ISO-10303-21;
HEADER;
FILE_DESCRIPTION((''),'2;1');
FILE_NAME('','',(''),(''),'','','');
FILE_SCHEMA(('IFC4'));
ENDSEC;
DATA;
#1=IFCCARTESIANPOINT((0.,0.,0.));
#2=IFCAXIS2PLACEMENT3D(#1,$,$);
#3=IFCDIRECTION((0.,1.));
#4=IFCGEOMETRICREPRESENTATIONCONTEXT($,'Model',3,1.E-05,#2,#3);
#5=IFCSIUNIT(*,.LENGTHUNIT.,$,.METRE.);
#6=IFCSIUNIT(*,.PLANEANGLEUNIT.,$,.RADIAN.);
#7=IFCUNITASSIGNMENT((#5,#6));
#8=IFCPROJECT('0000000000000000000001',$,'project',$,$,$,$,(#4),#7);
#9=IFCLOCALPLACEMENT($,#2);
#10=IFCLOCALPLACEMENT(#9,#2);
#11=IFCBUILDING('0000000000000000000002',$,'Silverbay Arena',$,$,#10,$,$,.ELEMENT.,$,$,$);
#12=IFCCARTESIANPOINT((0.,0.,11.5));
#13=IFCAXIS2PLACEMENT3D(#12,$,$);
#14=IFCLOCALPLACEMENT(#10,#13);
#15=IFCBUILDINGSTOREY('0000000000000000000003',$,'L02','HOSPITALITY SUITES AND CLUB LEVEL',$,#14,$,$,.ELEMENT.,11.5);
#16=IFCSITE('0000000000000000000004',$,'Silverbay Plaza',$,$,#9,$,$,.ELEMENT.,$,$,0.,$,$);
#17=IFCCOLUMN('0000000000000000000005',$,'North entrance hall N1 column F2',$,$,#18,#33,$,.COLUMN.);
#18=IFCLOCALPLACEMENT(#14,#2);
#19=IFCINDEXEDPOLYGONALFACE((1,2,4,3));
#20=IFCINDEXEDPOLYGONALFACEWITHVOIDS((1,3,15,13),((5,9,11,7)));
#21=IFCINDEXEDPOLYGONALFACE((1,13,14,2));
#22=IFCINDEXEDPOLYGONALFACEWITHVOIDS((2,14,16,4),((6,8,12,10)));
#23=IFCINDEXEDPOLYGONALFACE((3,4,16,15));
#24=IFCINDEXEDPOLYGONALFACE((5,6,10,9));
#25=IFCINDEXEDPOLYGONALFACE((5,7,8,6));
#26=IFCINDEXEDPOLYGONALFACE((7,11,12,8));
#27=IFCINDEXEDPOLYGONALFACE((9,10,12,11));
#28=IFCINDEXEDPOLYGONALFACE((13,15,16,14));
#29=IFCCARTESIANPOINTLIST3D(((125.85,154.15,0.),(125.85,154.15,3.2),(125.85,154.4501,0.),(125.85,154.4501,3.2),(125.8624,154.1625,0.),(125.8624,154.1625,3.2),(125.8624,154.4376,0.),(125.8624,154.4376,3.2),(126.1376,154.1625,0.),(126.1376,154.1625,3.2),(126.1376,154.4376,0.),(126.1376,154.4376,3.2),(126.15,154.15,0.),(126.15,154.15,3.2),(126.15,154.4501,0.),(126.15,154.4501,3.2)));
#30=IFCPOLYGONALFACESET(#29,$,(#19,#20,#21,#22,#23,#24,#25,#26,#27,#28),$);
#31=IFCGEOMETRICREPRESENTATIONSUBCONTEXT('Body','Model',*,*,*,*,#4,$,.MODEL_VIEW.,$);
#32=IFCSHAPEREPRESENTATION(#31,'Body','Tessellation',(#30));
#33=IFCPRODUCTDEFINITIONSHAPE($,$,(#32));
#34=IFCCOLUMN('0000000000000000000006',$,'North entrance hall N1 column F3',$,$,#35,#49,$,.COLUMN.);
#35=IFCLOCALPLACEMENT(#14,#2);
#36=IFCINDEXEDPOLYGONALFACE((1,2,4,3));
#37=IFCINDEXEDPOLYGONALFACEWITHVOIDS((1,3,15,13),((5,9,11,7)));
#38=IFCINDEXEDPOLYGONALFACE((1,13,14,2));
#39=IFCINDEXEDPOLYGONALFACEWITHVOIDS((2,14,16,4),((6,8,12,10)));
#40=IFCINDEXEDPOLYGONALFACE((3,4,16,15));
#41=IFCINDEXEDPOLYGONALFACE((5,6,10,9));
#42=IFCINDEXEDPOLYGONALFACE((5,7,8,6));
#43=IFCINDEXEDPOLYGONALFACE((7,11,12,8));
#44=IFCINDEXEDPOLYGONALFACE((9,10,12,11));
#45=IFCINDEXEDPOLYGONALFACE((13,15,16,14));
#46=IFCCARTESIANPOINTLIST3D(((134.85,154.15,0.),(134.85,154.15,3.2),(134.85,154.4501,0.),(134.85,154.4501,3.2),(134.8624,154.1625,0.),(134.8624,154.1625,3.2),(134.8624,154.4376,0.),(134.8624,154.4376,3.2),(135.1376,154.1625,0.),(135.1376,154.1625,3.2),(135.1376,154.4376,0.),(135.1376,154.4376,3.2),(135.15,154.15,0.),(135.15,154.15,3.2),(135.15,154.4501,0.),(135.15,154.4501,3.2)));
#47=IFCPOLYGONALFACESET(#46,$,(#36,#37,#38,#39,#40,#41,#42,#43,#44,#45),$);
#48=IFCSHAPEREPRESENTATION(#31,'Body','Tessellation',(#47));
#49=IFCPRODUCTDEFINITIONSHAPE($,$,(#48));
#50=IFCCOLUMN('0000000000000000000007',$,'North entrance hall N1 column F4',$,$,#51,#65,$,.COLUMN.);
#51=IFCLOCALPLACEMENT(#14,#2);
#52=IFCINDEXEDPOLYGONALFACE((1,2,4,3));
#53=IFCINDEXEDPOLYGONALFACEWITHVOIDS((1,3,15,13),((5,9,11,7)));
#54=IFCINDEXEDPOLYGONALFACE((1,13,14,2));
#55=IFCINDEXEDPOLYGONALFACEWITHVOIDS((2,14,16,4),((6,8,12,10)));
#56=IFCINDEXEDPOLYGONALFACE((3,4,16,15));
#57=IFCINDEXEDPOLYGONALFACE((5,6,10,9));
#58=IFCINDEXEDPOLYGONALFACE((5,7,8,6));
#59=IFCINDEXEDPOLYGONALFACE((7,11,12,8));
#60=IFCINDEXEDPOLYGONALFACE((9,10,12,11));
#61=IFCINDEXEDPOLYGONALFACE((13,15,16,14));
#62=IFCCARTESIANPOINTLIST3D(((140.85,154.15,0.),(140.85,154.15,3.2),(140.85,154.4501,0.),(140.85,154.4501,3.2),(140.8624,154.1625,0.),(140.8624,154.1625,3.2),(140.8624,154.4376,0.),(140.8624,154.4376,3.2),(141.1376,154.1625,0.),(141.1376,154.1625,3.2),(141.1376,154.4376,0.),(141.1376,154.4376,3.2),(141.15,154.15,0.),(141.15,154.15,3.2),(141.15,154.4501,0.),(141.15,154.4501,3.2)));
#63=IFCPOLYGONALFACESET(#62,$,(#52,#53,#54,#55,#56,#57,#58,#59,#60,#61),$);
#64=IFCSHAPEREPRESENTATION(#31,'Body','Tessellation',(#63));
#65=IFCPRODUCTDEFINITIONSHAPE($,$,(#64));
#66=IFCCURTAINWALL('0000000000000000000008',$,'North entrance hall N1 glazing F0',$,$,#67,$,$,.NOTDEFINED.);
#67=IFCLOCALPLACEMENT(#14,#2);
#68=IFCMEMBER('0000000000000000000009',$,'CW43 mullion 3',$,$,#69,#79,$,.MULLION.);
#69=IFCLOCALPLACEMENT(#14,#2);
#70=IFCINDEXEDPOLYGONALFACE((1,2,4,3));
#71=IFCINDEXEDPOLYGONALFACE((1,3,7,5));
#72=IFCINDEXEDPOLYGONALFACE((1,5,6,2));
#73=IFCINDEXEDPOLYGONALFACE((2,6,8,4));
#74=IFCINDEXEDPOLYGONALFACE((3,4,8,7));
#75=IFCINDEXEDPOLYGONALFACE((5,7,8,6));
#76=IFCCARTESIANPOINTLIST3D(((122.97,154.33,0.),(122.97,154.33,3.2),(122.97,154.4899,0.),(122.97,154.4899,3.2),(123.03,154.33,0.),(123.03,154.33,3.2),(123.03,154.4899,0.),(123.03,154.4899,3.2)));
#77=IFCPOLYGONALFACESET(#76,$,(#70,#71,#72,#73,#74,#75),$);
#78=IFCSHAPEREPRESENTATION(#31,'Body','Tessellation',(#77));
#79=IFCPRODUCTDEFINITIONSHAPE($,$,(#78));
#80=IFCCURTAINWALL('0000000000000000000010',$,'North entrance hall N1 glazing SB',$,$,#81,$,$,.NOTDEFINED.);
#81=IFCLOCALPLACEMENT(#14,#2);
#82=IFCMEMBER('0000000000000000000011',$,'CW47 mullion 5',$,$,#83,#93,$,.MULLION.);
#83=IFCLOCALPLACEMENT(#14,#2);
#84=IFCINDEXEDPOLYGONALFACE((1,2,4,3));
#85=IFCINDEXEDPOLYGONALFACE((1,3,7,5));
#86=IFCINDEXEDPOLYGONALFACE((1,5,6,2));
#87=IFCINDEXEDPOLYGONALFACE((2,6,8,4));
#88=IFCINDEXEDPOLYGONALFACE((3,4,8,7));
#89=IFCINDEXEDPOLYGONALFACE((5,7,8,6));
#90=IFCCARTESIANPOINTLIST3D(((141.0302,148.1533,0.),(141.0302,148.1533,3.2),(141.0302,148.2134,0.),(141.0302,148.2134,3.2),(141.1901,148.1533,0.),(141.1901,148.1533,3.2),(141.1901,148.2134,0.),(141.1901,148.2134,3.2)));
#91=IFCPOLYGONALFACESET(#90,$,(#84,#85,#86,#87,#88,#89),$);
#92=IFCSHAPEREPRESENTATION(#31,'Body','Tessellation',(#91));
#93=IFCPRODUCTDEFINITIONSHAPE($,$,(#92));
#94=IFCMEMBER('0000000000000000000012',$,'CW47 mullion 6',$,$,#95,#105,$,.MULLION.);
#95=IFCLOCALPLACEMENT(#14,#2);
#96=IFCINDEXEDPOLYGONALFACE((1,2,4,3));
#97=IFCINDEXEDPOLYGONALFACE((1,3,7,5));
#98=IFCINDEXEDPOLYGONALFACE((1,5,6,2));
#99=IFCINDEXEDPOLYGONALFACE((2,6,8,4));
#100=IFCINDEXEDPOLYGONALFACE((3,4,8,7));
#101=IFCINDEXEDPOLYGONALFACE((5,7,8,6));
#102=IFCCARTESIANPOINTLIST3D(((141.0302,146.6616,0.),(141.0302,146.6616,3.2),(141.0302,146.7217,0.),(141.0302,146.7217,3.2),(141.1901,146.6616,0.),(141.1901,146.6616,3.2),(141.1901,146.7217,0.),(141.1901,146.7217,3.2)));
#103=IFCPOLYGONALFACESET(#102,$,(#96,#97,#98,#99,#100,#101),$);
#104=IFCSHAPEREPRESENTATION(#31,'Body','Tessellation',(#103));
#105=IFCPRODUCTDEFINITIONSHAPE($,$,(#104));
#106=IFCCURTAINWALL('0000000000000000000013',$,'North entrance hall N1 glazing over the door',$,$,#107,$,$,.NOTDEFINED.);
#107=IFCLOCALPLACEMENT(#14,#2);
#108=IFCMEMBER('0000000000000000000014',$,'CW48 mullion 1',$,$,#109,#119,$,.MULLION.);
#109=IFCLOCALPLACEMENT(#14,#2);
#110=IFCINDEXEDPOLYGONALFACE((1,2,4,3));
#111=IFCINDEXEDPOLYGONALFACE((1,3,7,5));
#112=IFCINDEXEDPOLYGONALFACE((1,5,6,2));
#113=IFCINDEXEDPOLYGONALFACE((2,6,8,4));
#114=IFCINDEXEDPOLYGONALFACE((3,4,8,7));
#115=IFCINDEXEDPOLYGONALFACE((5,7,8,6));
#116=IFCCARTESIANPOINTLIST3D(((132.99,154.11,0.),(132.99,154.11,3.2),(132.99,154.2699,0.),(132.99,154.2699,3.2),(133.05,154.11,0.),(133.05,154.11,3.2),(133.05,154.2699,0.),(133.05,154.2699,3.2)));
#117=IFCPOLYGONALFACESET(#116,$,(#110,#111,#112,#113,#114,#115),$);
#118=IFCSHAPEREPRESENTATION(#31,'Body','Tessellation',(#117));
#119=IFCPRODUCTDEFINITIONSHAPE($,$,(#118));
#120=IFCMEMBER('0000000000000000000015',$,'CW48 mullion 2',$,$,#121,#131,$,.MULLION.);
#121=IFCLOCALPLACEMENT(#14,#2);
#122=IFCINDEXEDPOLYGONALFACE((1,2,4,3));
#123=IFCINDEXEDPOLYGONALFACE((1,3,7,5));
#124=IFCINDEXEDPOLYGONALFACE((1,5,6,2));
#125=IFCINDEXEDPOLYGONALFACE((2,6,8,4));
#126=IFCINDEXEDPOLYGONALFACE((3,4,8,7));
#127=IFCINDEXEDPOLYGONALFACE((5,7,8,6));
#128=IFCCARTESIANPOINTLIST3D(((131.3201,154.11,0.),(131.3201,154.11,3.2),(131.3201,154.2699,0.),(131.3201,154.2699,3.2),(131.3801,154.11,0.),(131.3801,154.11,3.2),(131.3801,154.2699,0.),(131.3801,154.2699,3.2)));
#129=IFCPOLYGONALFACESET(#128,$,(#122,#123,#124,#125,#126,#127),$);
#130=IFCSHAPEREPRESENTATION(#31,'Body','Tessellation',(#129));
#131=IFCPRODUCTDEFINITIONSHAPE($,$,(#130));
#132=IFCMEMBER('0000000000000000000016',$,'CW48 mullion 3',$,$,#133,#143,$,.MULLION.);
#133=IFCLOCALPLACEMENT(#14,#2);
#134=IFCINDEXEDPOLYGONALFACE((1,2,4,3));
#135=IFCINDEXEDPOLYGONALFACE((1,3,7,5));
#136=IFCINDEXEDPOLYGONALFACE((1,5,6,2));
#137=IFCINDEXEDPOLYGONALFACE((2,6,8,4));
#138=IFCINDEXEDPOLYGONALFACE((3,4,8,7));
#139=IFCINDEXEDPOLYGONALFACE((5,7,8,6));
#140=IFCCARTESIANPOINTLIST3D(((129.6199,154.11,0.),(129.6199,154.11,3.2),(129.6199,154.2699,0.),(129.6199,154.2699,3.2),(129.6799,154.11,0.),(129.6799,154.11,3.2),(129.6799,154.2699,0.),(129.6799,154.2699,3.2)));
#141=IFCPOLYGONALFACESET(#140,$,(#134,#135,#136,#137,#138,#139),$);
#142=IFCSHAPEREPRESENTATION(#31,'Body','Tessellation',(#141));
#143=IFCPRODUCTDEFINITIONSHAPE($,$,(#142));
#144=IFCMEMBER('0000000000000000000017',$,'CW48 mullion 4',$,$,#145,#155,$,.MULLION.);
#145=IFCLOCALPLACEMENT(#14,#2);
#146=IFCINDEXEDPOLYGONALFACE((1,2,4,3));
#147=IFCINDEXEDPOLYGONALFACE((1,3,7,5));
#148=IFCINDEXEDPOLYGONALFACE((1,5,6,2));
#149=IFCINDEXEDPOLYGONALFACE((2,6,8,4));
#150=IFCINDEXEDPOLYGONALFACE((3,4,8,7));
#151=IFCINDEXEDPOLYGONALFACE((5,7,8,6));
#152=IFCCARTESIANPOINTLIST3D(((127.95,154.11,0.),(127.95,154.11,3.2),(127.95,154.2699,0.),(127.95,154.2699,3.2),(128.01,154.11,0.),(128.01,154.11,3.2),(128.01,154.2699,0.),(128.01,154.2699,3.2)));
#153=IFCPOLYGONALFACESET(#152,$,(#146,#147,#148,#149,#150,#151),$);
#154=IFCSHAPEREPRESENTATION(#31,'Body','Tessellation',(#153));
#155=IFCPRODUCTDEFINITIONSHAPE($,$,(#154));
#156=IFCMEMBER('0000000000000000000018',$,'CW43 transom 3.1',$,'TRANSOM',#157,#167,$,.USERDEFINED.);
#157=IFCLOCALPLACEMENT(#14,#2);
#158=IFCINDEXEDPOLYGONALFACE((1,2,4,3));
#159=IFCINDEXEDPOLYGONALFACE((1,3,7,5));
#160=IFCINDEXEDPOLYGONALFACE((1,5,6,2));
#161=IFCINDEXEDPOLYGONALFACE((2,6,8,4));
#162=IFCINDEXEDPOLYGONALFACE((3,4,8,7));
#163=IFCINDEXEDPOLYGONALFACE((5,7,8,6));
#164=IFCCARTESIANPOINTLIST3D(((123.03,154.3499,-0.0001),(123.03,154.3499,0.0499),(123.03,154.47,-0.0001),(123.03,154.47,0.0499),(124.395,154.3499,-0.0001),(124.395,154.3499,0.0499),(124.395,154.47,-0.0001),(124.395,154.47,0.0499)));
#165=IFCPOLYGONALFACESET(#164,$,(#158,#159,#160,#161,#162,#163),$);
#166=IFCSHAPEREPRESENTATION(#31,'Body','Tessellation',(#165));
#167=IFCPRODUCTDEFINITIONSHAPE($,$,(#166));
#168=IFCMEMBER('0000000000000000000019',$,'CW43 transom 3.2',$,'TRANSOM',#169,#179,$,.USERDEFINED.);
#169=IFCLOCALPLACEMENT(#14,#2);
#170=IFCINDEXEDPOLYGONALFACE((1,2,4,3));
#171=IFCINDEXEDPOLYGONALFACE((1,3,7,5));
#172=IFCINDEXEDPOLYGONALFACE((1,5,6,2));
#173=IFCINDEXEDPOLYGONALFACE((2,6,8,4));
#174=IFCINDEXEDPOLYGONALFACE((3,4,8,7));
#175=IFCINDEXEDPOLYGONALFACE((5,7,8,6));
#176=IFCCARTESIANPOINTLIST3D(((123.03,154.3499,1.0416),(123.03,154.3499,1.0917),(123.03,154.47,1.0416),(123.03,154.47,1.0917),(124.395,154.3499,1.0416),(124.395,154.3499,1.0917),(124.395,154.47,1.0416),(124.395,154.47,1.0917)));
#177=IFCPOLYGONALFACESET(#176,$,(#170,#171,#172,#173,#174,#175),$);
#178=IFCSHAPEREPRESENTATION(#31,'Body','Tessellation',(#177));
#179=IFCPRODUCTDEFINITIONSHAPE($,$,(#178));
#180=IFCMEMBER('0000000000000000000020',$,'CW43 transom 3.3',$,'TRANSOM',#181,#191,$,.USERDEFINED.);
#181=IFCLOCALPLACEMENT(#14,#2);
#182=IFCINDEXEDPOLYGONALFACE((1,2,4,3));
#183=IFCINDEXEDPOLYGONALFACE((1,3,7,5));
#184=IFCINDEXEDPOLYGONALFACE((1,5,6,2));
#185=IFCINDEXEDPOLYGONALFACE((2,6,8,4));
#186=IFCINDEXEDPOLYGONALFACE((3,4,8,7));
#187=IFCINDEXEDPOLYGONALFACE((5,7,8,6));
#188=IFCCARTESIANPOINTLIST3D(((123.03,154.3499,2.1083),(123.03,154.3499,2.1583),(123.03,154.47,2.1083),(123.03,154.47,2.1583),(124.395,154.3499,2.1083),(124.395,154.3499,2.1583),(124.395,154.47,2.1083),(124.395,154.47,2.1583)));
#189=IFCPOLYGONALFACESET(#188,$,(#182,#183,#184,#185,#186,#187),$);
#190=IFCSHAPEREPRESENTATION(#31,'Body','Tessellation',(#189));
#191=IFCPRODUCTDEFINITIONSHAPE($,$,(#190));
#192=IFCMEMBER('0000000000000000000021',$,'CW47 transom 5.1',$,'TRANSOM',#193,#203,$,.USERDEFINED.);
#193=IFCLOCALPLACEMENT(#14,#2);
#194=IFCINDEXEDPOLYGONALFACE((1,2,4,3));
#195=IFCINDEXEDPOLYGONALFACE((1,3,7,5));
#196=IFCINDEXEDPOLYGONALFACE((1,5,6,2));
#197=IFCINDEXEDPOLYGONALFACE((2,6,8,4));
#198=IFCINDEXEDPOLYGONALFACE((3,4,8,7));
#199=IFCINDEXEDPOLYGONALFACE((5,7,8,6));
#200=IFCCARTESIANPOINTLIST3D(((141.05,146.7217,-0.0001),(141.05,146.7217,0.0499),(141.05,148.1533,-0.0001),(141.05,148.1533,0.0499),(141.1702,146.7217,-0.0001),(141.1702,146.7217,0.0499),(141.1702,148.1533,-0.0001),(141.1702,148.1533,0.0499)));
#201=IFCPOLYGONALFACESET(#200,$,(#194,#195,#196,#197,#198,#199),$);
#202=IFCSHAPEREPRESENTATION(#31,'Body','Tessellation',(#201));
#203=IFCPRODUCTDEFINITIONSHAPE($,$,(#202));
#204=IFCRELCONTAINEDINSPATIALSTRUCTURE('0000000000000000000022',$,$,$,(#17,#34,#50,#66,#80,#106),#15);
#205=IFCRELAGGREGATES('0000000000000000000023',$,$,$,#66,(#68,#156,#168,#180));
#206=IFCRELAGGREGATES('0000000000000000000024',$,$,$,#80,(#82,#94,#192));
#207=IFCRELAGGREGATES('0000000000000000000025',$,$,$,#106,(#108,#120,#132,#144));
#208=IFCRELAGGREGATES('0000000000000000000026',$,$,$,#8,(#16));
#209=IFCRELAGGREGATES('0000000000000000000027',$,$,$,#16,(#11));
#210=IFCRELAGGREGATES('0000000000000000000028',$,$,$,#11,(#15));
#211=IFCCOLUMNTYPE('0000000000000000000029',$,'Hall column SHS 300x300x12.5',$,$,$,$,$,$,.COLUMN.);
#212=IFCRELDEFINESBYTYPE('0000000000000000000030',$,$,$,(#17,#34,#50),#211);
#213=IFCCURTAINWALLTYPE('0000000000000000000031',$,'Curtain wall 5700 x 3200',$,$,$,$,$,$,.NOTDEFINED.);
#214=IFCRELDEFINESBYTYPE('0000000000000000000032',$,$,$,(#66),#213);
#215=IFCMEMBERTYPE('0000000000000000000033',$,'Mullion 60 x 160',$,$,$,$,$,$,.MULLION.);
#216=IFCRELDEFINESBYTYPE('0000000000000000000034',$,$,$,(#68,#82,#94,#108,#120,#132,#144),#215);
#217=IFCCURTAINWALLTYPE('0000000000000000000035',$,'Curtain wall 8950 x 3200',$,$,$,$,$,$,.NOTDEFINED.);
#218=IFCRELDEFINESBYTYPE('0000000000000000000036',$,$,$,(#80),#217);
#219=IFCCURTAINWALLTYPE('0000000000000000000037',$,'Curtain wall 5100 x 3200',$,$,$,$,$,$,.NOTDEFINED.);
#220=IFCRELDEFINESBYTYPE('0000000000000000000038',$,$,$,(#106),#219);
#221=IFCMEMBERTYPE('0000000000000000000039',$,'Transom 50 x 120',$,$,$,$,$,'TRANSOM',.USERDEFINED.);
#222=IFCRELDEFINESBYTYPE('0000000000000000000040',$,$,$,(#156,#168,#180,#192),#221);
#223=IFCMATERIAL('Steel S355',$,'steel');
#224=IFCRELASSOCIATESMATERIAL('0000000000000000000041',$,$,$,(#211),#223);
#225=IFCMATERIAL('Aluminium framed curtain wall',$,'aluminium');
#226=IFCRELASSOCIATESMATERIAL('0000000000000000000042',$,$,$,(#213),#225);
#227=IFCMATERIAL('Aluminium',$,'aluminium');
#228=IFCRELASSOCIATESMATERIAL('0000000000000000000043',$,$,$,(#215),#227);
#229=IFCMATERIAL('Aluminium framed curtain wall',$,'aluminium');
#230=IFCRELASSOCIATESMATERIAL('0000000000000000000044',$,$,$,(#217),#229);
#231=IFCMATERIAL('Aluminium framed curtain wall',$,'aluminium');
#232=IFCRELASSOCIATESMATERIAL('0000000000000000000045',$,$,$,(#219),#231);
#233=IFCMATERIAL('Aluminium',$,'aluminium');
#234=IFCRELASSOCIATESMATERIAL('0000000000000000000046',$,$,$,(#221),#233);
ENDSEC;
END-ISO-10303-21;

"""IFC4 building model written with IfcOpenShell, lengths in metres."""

from ifc_helpers import new_model, si_unit, direction, frame, origin, origin_2d, place, context, subcontext, project, spatial, rectangle, hollow_rectangle, extrude, material, material_profile, profile_set, type_object, element, aggregate, save


model = new_model("IFC4")

# Units and contexts
model_context = context("Model", 3, precision=1e-05, world=origin(), true_north=direction((0.0, 1.0)))
body_context = subcontext(model_context, "Body", "Model", "MODEL_VIEW")
ifc_project = project(units=[si_unit("LENGTHUNIT", "METRE"), si_unit("PLANEANGLEUNIT", "RADIAN")], contexts=[model_context])

# Site, building, storey
site_placement = place(None, origin())
site = spatial("IfcSite", under=ifc_project, at=site_placement, Name="Silverbay Plaza", CompositionType="ELEMENT", RefElevation=0.0)
building_placement = place(site_placement, origin())
building = spatial("IfcBuilding", under=site, at=building_placement, Name="Silverbay Arena", CompositionType="ELEMENT")
storey_placement = place(building_placement, frame((0.0, 0.0, 11.5)))
storey = spatial("IfcBuildingStorey", under=building, at=storey_placement, Name="L02", Description="HOSPITALITY SUITES AND CLUB LEVEL", CompositionType="ELEMENT", Elevation=11.5)

# Columns
ifc_material_1 = material(Name="Steel S355", Category="steel")
ifc_material_profile_1 = material_profile(ifc_material_1, hollow_rectangle(XDim=0.3, YDim=0.3, WallThickness=0.0125, at=origin_2d()), Name="SHS 300x300x12.5")
ifc_profile_set_1 = profile_set([ifc_material_profile_1], Name="Steel S355")
column_type = type_object("IfcColumnType", Name="Hall column SHS 300x300x12.5", PredefinedType="COLUMN", material=ifc_profile_set_1)
for number, where, z_axis, x_axis, name in (
    (1, (126.0, 154.3, 0.0), (0.0, 0.0, 1.0), (1.0, 0.0, 0.0), "North entrance hall N1 column F2"),
    (2, (135.0, 154.3, 0.0), (0.0, 0.0, 1.0), (1.0, 0.0, 0.0), "North entrance hall N1 column F3"),
    (3, (141.0, 154.3, 0.0), (0.0, 0.0, 1.0), (1.0, 0.0, 0.0), "North entrance hall N1 column F4"),
):
    element("IfcColumn", number, at=place(storey_placement, frame(where, z_axis=z_axis, x_axis=x_axis)), inside=storey, type_object=column_type, Name=name, PredefinedType="COLUMN", context=body_context, shape_type="SweptSolid", body=[
        extrude(hollow_rectangle(XDim=0.3, YDim=0.3, WallThickness=0.0125, at=origin_2d()), origin(), (0.0, 0.0, 1.0), 3.2),
    ])

# Curtain wall, member
ifc_material_2 = material(Name="Aluminium framed curtain wall", Category="aluminium")
curtain_wall_type_1 = type_object("IfcCurtainWallType", Name="Curtain wall 5700 x 3200", PredefinedType="NOTDEFINED", material=ifc_material_2)
curtain_wall_1_placement = place(storey_placement, origin())
curtain_wall_1 = element("IfcCurtainWall", 4, at=curtain_wall_1_placement, inside=storey, type_object=curtain_wall_type_1, Name="North entrance hall N1 glazing F0", PredefinedType="NOTDEFINED")
ifc_material_3 = material(Name="Aluminium", Category="aluminium")
ifc_material_profile_2 = material_profile(ifc_material_3, rectangle(XDim=0.1599, YDim=0.0601, at=origin_2d()), Name="Mullion 60 x 160")
ifc_profile_set_2 = profile_set([ifc_material_profile_2], Name="Aluminium")
member_type_1 = type_object("IfcMemberType", Name="Mullion 60 x 160", PredefinedType="MULLION", material=ifc_profile_set_2)
member_1_placement = place(storey_placement, frame((123.0, 154.4099, 0.0), z_axis=(0.0, 0.0, 1.0), x_axis=(0.0, 1.0, 0.0)))
member_1 = element("IfcMember", 5, at=member_1_placement, type_object=member_type_1, Name="CW43 mullion 3", PredefinedType="MULLION", context=body_context, shape_type="SweptSolid", body=[
    extrude(rectangle(XDim=0.1599, YDim=0.0601, at=origin_2d()), origin(), (0.0, 0.0, 1.0), 3.2),
])

# Curtain walls, members
ifc_material_4 = material(Name="Aluminium framed curtain wall", Category="aluminium")
curtain_wall_type_2 = type_object("IfcCurtainWallType", Name="Curtain wall 8950 x 3200", PredefinedType="NOTDEFINED", material=ifc_material_4)
curtain_wall_2_placement = place(storey_placement, origin())
curtain_wall_2 = element("IfcCurtainWall", 6, at=curtain_wall_2_placement, inside=storey, type_object=curtain_wall_type_2, Name="North entrance hall N1 glazing SB", PredefinedType="NOTDEFINED")
member_2_placement = place(storey_placement, frame((141.1101, 148.1833, 0.0), z_axis=(0.0, 0.0, 1.0), x_axis=(1.0, 0.0, 0.0)))
member_2 = element("IfcMember", 7, at=member_2_placement, type_object=member_type_1, Name="CW47 mullion 5", PredefinedType="MULLION", context=body_context, shape_type="SweptSolid", body=[
    extrude(rectangle(XDim=0.1599, YDim=0.0601, at=origin_2d()), origin(), (0.0, 0.0, 1.0), 3.2),
])
member_3_placement = place(storey_placement, frame((141.1101, 146.6917, 0.0), z_axis=(0.0, 0.0, 1.0), x_axis=(1.0, 0.0, 0.0)))
member_3 = element("IfcMember", 8, at=member_3_placement, type_object=member_type_1, Name="CW47 mullion 6", PredefinedType="MULLION", context=body_context, shape_type="SweptSolid", body=[
    extrude(rectangle(XDim=0.1599, YDim=0.0601, at=origin_2d()), origin(), (0.0, 0.0, 1.0), 3.2),
])
ifc_material_5 = material(Name="Aluminium framed curtain wall", Category="aluminium")
curtain_wall_type_3 = type_object("IfcCurtainWallType", Name="Curtain wall 5100 x 3200", PredefinedType="NOTDEFINED", material=ifc_material_5)
curtain_wall_3_placement = place(storey_placement, origin())
curtain_wall_3 = element("IfcCurtainWall", 9, at=curtain_wall_3_placement, inside=storey, type_object=curtain_wall_type_3, Name="North entrance hall N1 glazing over the door", PredefinedType="NOTDEFINED")
member_4_placement = place(storey_placement, frame((133.02, 154.1899, 0.0), z_axis=(0.0, 0.0, 1.0), x_axis=(0.0, -1.0, 0.0)))
member_4 = element("IfcMember", 10, at=member_4_placement, type_object=member_type_1, Name="CW48 mullion 1", PredefinedType="MULLION", context=body_context, shape_type="SweptSolid", body=[
    extrude(rectangle(XDim=0.1599, YDim=0.0601, at=origin_2d()), origin(), (0.0, 0.0, 1.0), 3.2),
])
member_5_placement = place(storey_placement, frame((131.3501, 154.1899, 0.0), z_axis=(0.0, 0.0, 1.0), x_axis=(0.0, -1.0, 0.0)))
member_5 = element("IfcMember", 11, at=member_5_placement, type_object=member_type_1, Name="CW48 mullion 2", PredefinedType="MULLION", context=body_context, shape_type="SweptSolid", body=[
    extrude(rectangle(XDim=0.1599, YDim=0.0601, at=origin_2d()), origin(), (0.0, 0.0, 1.0), 3.2),
])
member_6_placement = place(storey_placement, frame((129.6499, 154.1899, 0.0), z_axis=(0.0, 0.0, 1.0), x_axis=(0.0, -1.0, 0.0)))
member_6 = element("IfcMember", 12, at=member_6_placement, type_object=member_type_1, Name="CW48 mullion 3", PredefinedType="MULLION", context=body_context, shape_type="SweptSolid", body=[
    extrude(rectangle(XDim=0.1599, YDim=0.0601, at=origin_2d()), origin(), (0.0, 0.0, 1.0), 3.2),
])
member_7_placement = place(storey_placement, frame((127.98, 154.1899, 0.0), z_axis=(0.0, 0.0, 1.0), x_axis=(0.0, -1.0, 0.0)))
member_7 = element("IfcMember", 13, at=member_7_placement, type_object=member_type_1, Name="CW48 mullion 4", PredefinedType="MULLION", context=body_context, shape_type="SweptSolid", body=[
    extrude(rectangle(XDim=0.1599, YDim=0.0601, at=origin_2d()), origin(), (0.0, 0.0, 1.0), 3.2),
])

# Members
ifc_material_6 = material(Name="Aluminium", Category="aluminium")
ifc_material_profile_3 = material_profile(ifc_material_6, rectangle(XDim=0.1201, YDim=0.05, at=origin_2d()), Name="Transom 50 x 120")
ifc_profile_set_3 = profile_set([ifc_material_profile_3], Name="Aluminium")
member_type_2 = type_object("IfcMemberType", Name="Transom 50 x 120", ElementType="TRANSOM", PredefinedType="USERDEFINED", material=ifc_profile_set_3)
member_8_placement = place(storey_placement, frame((123.03, 154.4099, 0.0249), z_axis=(1.0, 0.0, 0.0), x_axis=(0.0, 1.0, 0.0)))
member_8 = element("IfcMember", 14, at=member_8_placement, type_object=member_type_2, Name="CW43 transom 3.1", ObjectType="TRANSOM", PredefinedType="USERDEFINED", context=body_context, shape_type="SweptSolid", body=[
    extrude(rectangle(XDim=0.1201, YDim=0.05, at=origin_2d()), origin(), (0.0, 0.0, 1.0), 1.365),
])
member_9_placement = place(storey_placement, frame((123.03, 154.4099, 1.0667), z_axis=(1.0, 0.0, 0.0), x_axis=(0.0, 1.0, 0.0)))
member_9 = element("IfcMember", 15, at=member_9_placement, type_object=member_type_2, Name="CW43 transom 3.2", ObjectType="TRANSOM", PredefinedType="USERDEFINED", context=body_context, shape_type="SweptSolid", body=[
    extrude(rectangle(XDim=0.1201, YDim=0.05, at=origin_2d()), origin(), (0.0, 0.0, 1.0), 1.365),
])
member_10_placement = place(storey_placement, frame((123.03, 154.4099, 2.1333), z_axis=(1.0, 0.0, 0.0), x_axis=(0.0, 1.0, 0.0)))
member_10 = element("IfcMember", 16, at=member_10_placement, type_object=member_type_2, Name="CW43 transom 3.3", ObjectType="TRANSOM", PredefinedType="USERDEFINED", context=body_context, shape_type="SweptSolid", body=[
    extrude(rectangle(XDim=0.1201, YDim=0.05, at=origin_2d()), origin(), (0.0, 0.0, 1.0), 1.365),
])
aggregate(curtain_wall_1, [member_1, member_8, member_9, member_10])
member_11_placement = place(storey_placement, frame((141.1101, 148.1533, 0.0249), z_axis=(0.0, -1.0, 0.0), x_axis=(1.0, 0.0, 0.0)))
member_11 = element("IfcMember", 17, at=member_11_placement, type_object=member_type_2, Name="CW47 transom 5.1", ObjectType="TRANSOM", PredefinedType="USERDEFINED", context=body_context, shape_type="SweptSolid", body=[
    extrude(rectangle(XDim=0.1201, YDim=0.05, at=origin_2d()), origin(), (0.0, 0.0, 1.0), 1.4316),
])

aggregate(curtain_wall_2, [member_2, member_3, member_11])
aggregate(curtain_wall_3, [member_4, member_5, member_6, member_7])

save(model, "model.ifc")
